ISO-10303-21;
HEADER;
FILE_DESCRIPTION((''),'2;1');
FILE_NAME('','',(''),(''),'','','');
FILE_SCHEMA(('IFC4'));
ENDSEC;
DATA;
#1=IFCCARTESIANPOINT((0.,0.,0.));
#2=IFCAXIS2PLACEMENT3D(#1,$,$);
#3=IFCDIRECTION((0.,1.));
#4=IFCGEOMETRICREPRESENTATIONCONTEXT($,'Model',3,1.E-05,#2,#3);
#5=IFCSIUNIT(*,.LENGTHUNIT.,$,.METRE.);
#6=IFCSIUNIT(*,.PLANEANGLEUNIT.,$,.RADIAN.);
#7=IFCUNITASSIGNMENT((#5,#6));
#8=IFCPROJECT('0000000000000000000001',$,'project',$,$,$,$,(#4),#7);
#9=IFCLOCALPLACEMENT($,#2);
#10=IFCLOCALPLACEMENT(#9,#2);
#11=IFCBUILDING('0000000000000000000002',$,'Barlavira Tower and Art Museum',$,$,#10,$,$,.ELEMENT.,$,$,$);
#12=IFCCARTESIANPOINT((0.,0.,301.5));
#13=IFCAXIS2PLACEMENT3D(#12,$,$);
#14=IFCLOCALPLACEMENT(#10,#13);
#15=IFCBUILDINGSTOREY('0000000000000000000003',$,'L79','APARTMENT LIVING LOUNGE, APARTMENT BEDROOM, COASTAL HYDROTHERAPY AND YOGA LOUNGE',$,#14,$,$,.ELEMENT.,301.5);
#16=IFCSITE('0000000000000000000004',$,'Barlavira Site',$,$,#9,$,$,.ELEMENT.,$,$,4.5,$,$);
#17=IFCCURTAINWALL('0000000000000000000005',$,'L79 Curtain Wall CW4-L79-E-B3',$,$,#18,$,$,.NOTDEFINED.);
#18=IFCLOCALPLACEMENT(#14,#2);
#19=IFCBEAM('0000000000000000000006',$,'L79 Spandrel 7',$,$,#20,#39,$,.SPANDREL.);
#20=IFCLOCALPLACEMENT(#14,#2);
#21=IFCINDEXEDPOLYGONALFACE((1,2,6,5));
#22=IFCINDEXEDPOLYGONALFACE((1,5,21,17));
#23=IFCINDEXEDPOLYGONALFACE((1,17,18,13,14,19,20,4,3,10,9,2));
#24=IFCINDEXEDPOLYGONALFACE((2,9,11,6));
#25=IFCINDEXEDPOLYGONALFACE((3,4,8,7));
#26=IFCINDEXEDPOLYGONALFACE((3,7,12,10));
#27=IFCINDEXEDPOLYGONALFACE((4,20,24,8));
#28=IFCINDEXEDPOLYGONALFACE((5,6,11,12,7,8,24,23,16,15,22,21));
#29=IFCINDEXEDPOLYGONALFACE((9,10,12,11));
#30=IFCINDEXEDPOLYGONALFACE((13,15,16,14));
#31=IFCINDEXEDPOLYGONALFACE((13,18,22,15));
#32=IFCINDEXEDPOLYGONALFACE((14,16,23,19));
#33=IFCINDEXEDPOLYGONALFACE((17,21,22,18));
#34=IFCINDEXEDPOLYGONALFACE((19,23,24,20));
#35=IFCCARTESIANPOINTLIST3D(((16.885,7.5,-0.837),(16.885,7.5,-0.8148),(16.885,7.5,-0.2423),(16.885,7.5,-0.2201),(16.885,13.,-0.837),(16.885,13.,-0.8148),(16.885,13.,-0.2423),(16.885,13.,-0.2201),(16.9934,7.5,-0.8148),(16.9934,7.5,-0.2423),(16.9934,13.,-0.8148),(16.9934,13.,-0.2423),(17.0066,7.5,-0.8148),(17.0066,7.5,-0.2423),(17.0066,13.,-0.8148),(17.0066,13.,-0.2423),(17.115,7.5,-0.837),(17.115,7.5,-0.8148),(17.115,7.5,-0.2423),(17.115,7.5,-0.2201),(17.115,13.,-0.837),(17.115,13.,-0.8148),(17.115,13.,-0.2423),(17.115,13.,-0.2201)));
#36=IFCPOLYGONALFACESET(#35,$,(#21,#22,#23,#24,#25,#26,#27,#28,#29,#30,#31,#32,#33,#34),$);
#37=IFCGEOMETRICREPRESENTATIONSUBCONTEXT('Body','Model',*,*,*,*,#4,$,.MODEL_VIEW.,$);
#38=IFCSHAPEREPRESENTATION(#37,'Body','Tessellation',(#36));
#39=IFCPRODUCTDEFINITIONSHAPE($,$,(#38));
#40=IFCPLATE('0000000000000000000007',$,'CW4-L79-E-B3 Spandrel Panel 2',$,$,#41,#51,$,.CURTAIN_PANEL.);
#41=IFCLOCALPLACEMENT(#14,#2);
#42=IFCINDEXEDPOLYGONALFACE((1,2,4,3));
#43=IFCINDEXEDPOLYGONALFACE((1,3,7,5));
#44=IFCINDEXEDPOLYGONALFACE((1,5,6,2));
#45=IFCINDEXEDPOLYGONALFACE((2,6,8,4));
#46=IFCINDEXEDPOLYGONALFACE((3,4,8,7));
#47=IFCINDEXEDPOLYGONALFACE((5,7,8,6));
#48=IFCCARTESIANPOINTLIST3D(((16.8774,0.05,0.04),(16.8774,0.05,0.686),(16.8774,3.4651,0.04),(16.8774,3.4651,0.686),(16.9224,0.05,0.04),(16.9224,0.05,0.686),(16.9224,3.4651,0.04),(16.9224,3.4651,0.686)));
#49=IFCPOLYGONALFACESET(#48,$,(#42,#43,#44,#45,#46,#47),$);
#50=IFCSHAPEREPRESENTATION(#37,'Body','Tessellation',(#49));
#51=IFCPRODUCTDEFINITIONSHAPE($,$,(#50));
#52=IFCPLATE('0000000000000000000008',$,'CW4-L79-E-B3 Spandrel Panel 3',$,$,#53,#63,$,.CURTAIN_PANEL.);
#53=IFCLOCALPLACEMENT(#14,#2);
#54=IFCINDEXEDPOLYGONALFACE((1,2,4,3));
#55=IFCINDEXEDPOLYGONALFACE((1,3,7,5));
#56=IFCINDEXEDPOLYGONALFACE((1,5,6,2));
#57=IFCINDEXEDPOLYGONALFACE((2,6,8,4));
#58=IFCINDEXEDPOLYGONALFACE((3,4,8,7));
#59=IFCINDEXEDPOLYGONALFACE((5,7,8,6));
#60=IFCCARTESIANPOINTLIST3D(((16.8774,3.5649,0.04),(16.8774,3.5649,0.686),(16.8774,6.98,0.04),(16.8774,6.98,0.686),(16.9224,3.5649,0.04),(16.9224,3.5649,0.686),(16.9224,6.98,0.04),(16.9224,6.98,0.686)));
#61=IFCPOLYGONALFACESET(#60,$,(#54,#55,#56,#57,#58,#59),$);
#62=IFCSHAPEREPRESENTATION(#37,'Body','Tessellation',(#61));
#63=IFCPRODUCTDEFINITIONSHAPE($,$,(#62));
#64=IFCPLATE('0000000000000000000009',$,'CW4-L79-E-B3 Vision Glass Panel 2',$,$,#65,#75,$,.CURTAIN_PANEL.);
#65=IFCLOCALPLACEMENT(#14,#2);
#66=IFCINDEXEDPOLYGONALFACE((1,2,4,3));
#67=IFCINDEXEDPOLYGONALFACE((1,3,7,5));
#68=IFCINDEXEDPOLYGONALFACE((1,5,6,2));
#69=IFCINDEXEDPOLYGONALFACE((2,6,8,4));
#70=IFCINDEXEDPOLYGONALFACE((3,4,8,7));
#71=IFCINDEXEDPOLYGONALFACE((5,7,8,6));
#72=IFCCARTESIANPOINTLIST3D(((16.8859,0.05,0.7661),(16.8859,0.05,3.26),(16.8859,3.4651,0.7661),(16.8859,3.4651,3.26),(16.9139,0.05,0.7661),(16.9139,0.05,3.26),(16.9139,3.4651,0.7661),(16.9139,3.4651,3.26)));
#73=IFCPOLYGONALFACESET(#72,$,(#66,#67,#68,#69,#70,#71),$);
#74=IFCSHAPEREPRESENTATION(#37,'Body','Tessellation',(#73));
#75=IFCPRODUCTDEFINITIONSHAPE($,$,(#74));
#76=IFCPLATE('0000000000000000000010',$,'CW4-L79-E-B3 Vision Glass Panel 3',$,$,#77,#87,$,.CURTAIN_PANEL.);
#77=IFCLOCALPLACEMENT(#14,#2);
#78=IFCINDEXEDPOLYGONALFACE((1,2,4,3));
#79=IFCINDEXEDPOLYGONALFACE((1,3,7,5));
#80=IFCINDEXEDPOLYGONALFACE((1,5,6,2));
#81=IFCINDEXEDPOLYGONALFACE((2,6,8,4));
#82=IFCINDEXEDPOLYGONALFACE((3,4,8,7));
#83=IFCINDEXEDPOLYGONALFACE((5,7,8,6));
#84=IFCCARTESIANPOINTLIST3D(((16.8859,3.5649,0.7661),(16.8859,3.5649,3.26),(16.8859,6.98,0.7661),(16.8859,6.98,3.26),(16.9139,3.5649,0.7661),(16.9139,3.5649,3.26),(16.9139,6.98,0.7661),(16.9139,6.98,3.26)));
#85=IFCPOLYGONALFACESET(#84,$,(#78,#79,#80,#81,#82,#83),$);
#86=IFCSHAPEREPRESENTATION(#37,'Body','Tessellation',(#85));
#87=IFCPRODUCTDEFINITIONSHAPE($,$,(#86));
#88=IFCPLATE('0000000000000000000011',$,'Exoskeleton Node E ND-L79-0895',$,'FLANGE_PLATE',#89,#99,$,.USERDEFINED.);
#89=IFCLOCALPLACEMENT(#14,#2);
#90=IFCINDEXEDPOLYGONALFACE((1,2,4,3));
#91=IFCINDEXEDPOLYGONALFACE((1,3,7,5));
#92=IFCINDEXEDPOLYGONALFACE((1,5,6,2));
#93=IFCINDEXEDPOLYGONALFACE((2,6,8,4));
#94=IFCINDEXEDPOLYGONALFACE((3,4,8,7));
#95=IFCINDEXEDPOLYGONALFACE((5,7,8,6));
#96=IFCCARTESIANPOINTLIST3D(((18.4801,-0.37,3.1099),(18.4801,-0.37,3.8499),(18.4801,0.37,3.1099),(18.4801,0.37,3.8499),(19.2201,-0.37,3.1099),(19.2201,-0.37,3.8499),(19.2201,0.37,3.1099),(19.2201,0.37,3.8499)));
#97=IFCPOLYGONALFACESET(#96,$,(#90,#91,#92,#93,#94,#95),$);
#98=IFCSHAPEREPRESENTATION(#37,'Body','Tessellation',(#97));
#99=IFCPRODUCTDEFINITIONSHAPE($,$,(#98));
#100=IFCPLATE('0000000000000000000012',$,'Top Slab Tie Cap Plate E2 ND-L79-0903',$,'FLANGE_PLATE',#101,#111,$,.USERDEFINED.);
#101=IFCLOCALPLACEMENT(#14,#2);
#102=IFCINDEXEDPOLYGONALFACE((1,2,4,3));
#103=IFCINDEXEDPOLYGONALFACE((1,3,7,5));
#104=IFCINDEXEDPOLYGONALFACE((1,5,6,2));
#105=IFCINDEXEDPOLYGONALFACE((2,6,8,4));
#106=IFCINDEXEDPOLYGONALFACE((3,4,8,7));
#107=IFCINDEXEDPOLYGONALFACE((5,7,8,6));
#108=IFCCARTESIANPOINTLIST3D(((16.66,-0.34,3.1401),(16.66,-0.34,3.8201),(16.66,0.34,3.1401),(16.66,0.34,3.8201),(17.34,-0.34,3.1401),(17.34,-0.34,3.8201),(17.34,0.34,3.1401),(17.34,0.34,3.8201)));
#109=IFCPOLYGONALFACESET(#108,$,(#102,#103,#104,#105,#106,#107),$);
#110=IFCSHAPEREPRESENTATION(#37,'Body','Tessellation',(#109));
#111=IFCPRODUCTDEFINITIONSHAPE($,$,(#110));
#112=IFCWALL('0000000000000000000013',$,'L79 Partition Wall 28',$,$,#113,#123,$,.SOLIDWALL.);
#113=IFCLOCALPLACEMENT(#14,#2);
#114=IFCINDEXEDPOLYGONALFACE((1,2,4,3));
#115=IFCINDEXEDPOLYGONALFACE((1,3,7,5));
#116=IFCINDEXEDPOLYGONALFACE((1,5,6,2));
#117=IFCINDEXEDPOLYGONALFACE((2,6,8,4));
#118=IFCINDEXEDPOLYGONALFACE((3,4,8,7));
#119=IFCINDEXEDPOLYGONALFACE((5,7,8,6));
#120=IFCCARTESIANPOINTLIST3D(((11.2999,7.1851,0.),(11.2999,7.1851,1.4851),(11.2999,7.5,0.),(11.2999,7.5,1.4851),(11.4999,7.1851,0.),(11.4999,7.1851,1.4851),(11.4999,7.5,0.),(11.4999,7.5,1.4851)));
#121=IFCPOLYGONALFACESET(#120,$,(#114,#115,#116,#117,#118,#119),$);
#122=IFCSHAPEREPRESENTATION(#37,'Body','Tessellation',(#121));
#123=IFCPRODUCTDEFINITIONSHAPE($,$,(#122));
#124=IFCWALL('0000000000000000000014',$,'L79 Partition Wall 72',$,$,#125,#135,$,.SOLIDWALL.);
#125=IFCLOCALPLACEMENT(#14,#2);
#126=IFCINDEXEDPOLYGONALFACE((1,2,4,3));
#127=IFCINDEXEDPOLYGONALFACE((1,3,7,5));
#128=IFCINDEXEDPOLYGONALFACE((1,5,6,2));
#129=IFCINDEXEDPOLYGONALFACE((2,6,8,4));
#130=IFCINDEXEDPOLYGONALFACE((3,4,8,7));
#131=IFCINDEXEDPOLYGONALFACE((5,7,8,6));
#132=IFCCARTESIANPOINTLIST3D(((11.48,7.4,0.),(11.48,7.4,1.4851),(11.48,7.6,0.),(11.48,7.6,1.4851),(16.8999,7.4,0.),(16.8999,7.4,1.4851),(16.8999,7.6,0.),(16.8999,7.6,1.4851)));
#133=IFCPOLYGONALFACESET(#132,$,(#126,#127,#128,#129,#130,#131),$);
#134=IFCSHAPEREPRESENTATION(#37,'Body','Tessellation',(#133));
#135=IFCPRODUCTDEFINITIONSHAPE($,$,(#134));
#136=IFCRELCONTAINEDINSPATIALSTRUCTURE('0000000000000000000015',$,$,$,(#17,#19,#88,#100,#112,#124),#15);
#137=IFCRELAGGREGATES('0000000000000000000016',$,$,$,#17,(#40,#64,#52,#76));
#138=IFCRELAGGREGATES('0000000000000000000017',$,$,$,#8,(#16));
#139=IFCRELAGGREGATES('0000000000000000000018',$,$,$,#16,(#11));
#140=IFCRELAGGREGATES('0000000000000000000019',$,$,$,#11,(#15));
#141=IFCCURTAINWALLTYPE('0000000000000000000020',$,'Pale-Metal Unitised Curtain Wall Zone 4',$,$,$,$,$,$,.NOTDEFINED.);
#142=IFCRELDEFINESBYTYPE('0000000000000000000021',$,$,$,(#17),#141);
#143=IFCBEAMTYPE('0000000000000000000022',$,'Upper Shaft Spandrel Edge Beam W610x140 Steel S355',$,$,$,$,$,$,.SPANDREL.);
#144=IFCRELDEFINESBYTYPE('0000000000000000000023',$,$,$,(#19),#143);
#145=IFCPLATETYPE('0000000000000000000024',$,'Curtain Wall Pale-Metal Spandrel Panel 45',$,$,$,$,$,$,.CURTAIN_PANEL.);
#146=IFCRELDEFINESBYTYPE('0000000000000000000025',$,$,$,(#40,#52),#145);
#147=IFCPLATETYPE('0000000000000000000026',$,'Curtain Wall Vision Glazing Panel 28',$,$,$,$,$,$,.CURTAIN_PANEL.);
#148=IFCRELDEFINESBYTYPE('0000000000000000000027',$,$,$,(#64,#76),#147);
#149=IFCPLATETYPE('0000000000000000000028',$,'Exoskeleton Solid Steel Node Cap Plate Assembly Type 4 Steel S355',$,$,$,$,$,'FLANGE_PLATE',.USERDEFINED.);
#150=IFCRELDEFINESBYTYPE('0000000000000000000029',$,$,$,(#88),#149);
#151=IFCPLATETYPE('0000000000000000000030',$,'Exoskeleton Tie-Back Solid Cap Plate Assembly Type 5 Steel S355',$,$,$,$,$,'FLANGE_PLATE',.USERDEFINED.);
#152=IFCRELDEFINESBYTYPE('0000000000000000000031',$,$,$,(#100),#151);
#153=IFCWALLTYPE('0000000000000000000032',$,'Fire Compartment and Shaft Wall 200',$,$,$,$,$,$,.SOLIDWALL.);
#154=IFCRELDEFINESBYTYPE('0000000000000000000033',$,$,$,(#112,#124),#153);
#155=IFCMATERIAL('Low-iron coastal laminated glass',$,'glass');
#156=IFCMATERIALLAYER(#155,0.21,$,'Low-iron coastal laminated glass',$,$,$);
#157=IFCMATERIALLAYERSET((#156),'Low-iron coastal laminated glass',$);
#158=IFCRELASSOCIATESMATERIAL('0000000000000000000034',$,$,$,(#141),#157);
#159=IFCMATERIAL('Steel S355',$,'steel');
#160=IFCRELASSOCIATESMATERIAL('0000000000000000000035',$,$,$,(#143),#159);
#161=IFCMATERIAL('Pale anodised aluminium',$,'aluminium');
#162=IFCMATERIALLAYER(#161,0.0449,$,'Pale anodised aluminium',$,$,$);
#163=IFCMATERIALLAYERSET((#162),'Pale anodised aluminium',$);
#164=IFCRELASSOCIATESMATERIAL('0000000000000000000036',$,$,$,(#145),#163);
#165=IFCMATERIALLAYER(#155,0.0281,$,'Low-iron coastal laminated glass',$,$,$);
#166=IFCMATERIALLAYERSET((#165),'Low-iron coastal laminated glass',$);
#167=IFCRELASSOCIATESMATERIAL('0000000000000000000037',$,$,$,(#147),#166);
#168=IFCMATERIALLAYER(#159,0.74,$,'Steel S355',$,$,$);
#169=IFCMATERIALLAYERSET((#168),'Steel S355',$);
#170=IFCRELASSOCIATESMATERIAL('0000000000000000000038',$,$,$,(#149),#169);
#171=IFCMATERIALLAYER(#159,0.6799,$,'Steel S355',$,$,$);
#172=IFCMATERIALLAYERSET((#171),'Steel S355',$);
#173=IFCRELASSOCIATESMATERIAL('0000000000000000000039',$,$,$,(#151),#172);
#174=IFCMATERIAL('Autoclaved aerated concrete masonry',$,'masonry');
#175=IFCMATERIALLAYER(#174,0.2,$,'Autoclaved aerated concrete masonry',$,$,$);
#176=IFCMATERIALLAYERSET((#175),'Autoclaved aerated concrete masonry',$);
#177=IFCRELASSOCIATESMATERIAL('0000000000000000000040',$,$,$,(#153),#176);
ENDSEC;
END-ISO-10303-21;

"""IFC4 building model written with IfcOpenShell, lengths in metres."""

from ifc_helpers import new_model, si_unit, direction, frame, frame_2d, origin, origin_2d, place, context, subcontext, project, spatial, rectangle, i_section, extrude, material, layer, layer_set, material_profile, profile_set, type_object, element, aggregate, save


model = new_model("IFC4")

# Units and contexts
model_context = context("Model", 3, precision=1e-05, world=origin(), true_north=direction((0.0, 1.0)))
body_context = subcontext(model_context, "Body", "Model", "MODEL_VIEW")
ifc_project = project(units=[si_unit("LENGTHUNIT", "METRE"), si_unit("PLANEANGLEUNIT", "RADIAN")], contexts=[model_context])

# Site, building, storey
site_placement = place(None, origin())
site = spatial("IfcSite", under=ifc_project, at=site_placement, Name="Barlavira Site", CompositionType="ELEMENT", RefElevation=4.5)
building_placement = place(site_placement, origin())
building = spatial("IfcBuilding", under=site, at=building_placement, Name="Barlavira Tower and Art Museum", CompositionType="ELEMENT")
storey_placement = place(building_placement, frame((0.0, 0.0, 301.5)))
storey = spatial("IfcBuildingStorey", under=building, at=storey_placement, Name="L79", Description="APARTMENT LIVING LOUNGE, APARTMENT BEDROOM, COASTAL HYDROTHERAPY AND YOGA LOUNGE", CompositionType="ELEMENT", Elevation=301.5)

# Curtain wall
ifc_material_1 = material(Name="Low-iron coastal laminated glass", Category="glass")
ifc_layer_1 = layer(ifc_material_1, 0.21, Name="Low-iron coastal laminated glass")
ifc_layer_set_1 = layer_set([ifc_layer_1], Name="Low-iron coastal laminated glass")
curtain_wall_type = type_object("IfcCurtainWallType", Name="Pale-Metal Unitised Curtain Wall Zone 4", PredefinedType="NOTDEFINED", material=ifc_layer_set_1)
curtain_wall_placement = place(storey_placement, origin())
curtain_wall = element("IfcCurtainWall", 1, at=curtain_wall_placement, inside=storey, type_object=curtain_wall_type, Name="L79 Curtain Wall CW4-L79-E-B3", PredefinedType="NOTDEFINED")
ifc_material_2 = material(Name="Pale anodised aluminium", Category="aluminium")

# Shared definitions
ifc_material_3 = material(Name="Steel S355", Category="steel")

# Beam
ifc_material_profile_1 = material_profile(ifc_material_3, i_section(OverallWidth=0.23, OverallDepth=0.6169, WebThickness=0.0132, FlangeThickness=0.0222, at=origin_2d()), Name="W610x140.0")
ifc_profile_set_1 = profile_set([ifc_material_profile_1], Name="Steel S355")
beam_type = type_object("IfcBeamType", Name="Upper Shaft Spandrel Edge Beam W610x140 Steel S355", PredefinedType="SPANDREL", material=ifc_profile_set_1)
beam_placement = place(storey_placement, frame((17.0, 7.5, -0.5286), z_axis=(0.0, 1.0, 0.0), x_axis=(-1.0, 0.0, 0.0)))
element("IfcBeam", 2, at=beam_placement, inside=storey, type_object=beam_type, Name="L79 Spandrel 7", PredefinedType="SPANDREL", context=body_context, shape_type="SweptSolid", body=[
    extrude(i_section(OverallWidth=0.23, OverallDepth=0.6169, WebThickness=0.0132, FlangeThickness=0.0222, at=origin_2d()), origin(), (0.0, 0.0, 1.0), 5.5),
])

# Plates
ifc_layer_2 = layer(ifc_material_2, 0.0449, Name="Pale anodised aluminium")
ifc_layer_set_2 = layer_set([ifc_layer_2], Name="Pale anodised aluminium")
plate_type_1 = type_object("IfcPlateType", Name="Curtain Wall Pale-Metal Spandrel Panel 45", PredefinedType="CURTAIN_PANEL", material=ifc_layer_set_2)
plate_1_placement = place(storey_placement, frame((16.8999, 1.7576, 0.04), z_axis=(0.0, 0.0, 1.0), x_axis=(0.0, 1.0, 0.0)))
plate_1 = element("IfcPlate", 3, at=plate_1_placement, type_object=plate_type_1, Name="CW4-L79-E-B3 Spandrel Panel 2", PredefinedType="CURTAIN_PANEL", context=body_context, shape_type="SweptSolid", body=[
    extrude(rectangle(XDim=3.415, YDim=0.0449, at=origin_2d()), origin(), (0.0, 0.0, 1.0), 0.646),
])
plate_2_placement = place(storey_placement, frame((16.8999, 5.2725, 0.04), z_axis=(0.0, 0.0, 1.0), x_axis=(0.0, 1.0, 0.0)))
plate_2 = element("IfcPlate", 4, at=plate_2_placement, type_object=plate_type_1, Name="CW4-L79-E-B3 Spandrel Panel 3", PredefinedType="CURTAIN_PANEL", context=body_context, shape_type="SweptSolid", body=[
    extrude(rectangle(XDim=3.415, YDim=0.0449, at=origin_2d()), origin(), (0.0, 0.0, 1.0), 0.646),
])
ifc_layer_3 = layer(ifc_material_1, 0.0281, Name="Low-iron coastal laminated glass")
ifc_layer_set_3 = layer_set([ifc_layer_3], Name="Low-iron coastal laminated glass")
plate_type_2 = type_object("IfcPlateType", Name="Curtain Wall Vision Glazing Panel 28", PredefinedType="CURTAIN_PANEL", material=ifc_layer_set_3)
plate_3_placement = place(storey_placement, frame((16.8999, 1.7576, 0.7661), z_axis=(0.0, 0.0, 1.0), x_axis=(0.0, 1.0, 0.0)))
plate_3 = element("IfcPlate", 5, at=plate_3_placement, type_object=plate_type_2, Name="CW4-L79-E-B3 Vision Glass Panel 2", PredefinedType="CURTAIN_PANEL", context=body_context, shape_type="SweptSolid", body=[
    extrude(rectangle(XDim=3.415, YDim=0.0281, at=origin_2d()), origin(), (0.0, 0.0, 1.0), 2.4939),
])
plate_4_placement = place(storey_placement, frame((16.8999, 5.2725, 0.7661), z_axis=(0.0, 0.0, 1.0), x_axis=(0.0, 1.0, 0.0)))
plate_4 = element("IfcPlate", 6, at=plate_4_placement, type_object=plate_type_2, Name="CW4-L79-E-B3 Vision Glass Panel 3", PredefinedType="CURTAIN_PANEL", context=body_context, shape_type="SweptSolid", body=[
    extrude(rectangle(XDim=3.415, YDim=0.0281, at=origin_2d()), origin(), (0.0, 0.0, 1.0), 2.4939),
])
aggregate(curtain_wall, [plate_1, plate_3, plate_2, plate_4])

# Plates
ifc_layer_4 = layer(ifc_material_3, 0.74, Name="Steel S355")
ifc_layer_set_4 = layer_set([ifc_layer_4], Name="Steel S355")
plate_type_3 = type_object("IfcPlateType", Name="Exoskeleton Solid Steel Node Cap Plate Assembly Type 4 Steel S355", ElementType="FLANGE_PLATE", PredefinedType="USERDEFINED", material=ifc_layer_set_4)
plate_5_placement = place(storey_placement, frame((18.8501, 0.0, 3.1099), z_axis=(0.0, 0.0, 1.0), x_axis=(1.0, 0.0, 0.0)))
element("IfcPlate", 7, at=plate_5_placement, inside=storey, type_object=plate_type_3, Name="Exoskeleton Node E ND-L79-0895", ObjectType="FLANGE_PLATE", PredefinedType="USERDEFINED", context=body_context, shape_type="SweptSolid", body=[
    extrude(rectangle(XDim=0.74, YDim=0.74, at=origin_2d()), origin(), (0.0, 0.0, 1.0), 0.74),
])
ifc_layer_5 = layer(ifc_material_3, 0.6799, Name="Steel S355")
ifc_layer_set_5 = layer_set([ifc_layer_5], Name="Steel S355")
plate_type_4 = type_object("IfcPlateType", Name="Exoskeleton Tie-Back Solid Cap Plate Assembly Type 5 Steel S355", ElementType="FLANGE_PLATE", PredefinedType="USERDEFINED", material=ifc_layer_set_5)
plate_6_placement = place(storey_placement, frame((17.0, 0.0, 3.1401), z_axis=(0.0, 0.0, 1.0), x_axis=(1.0, 0.0, 0.0)))
element("IfcPlate", 8, at=plate_6_placement, inside=storey, type_object=plate_type_4, Name="Top Slab Tie Cap Plate E2 ND-L79-0903", ObjectType="FLANGE_PLATE", PredefinedType="USERDEFINED", context=body_context, shape_type="SweptSolid", body=[
    extrude(rectangle(XDim=0.6799, YDim=0.6799, at=origin_2d()), origin(), (0.0, 0.0, 1.0), 0.6799),
])

# Wall
ifc_material_4 = material(Name="Autoclaved aerated concrete masonry", Category="masonry")
ifc_layer_6 = layer(ifc_material_4, 0.2, Name="Autoclaved aerated concrete masonry")
ifc_layer_set_6 = layer_set([ifc_layer_6], Name="Autoclaved aerated concrete masonry")
wall_type = type_object("IfcWallType", Name="Fire Compartment and Shaft Wall 200", PredefinedType="SOLIDWALL", material=ifc_layer_set_6)
wall_1_placement = place(storey_placement, frame((11.3999, 7.1851, 0.0), z_axis=(0.0, 0.0, 1.0), x_axis=(0.0, 1.0, 0.0)))
element("IfcWall", 9, at=wall_1_placement, inside=storey, type_object=wall_type, Name="L79 Partition Wall 28", PredefinedType="SOLIDWALL", context=body_context, shape_type="SweptSolid", body=[
    extrude(rectangle(XDim=0.3149, YDim=0.2, at=frame_2d((0.1575, 0.0))), origin(), (0.0, 0.0, 1.0), 1.4851),
])

# Wall
wall_2_placement = place(storey_placement, frame((11.48, 7.5, 0.0), z_axis=(0.0, 0.0, 1.0), x_axis=(1.0, 0.0, 0.0)))
element("IfcWall", 10, at=wall_2_placement, inside=storey, type_object=wall_type, Name="L79 Partition Wall 72", PredefinedType="SOLIDWALL", context=body_context, shape_type="SweptSolid", body=[
    extrude(rectangle(XDim=5.4199, YDim=0.2, at=frame_2d((2.71, 0.0))), origin(), (0.0, 0.0, 1.0), 1.4851),
])

save(model, "model.ifc")
